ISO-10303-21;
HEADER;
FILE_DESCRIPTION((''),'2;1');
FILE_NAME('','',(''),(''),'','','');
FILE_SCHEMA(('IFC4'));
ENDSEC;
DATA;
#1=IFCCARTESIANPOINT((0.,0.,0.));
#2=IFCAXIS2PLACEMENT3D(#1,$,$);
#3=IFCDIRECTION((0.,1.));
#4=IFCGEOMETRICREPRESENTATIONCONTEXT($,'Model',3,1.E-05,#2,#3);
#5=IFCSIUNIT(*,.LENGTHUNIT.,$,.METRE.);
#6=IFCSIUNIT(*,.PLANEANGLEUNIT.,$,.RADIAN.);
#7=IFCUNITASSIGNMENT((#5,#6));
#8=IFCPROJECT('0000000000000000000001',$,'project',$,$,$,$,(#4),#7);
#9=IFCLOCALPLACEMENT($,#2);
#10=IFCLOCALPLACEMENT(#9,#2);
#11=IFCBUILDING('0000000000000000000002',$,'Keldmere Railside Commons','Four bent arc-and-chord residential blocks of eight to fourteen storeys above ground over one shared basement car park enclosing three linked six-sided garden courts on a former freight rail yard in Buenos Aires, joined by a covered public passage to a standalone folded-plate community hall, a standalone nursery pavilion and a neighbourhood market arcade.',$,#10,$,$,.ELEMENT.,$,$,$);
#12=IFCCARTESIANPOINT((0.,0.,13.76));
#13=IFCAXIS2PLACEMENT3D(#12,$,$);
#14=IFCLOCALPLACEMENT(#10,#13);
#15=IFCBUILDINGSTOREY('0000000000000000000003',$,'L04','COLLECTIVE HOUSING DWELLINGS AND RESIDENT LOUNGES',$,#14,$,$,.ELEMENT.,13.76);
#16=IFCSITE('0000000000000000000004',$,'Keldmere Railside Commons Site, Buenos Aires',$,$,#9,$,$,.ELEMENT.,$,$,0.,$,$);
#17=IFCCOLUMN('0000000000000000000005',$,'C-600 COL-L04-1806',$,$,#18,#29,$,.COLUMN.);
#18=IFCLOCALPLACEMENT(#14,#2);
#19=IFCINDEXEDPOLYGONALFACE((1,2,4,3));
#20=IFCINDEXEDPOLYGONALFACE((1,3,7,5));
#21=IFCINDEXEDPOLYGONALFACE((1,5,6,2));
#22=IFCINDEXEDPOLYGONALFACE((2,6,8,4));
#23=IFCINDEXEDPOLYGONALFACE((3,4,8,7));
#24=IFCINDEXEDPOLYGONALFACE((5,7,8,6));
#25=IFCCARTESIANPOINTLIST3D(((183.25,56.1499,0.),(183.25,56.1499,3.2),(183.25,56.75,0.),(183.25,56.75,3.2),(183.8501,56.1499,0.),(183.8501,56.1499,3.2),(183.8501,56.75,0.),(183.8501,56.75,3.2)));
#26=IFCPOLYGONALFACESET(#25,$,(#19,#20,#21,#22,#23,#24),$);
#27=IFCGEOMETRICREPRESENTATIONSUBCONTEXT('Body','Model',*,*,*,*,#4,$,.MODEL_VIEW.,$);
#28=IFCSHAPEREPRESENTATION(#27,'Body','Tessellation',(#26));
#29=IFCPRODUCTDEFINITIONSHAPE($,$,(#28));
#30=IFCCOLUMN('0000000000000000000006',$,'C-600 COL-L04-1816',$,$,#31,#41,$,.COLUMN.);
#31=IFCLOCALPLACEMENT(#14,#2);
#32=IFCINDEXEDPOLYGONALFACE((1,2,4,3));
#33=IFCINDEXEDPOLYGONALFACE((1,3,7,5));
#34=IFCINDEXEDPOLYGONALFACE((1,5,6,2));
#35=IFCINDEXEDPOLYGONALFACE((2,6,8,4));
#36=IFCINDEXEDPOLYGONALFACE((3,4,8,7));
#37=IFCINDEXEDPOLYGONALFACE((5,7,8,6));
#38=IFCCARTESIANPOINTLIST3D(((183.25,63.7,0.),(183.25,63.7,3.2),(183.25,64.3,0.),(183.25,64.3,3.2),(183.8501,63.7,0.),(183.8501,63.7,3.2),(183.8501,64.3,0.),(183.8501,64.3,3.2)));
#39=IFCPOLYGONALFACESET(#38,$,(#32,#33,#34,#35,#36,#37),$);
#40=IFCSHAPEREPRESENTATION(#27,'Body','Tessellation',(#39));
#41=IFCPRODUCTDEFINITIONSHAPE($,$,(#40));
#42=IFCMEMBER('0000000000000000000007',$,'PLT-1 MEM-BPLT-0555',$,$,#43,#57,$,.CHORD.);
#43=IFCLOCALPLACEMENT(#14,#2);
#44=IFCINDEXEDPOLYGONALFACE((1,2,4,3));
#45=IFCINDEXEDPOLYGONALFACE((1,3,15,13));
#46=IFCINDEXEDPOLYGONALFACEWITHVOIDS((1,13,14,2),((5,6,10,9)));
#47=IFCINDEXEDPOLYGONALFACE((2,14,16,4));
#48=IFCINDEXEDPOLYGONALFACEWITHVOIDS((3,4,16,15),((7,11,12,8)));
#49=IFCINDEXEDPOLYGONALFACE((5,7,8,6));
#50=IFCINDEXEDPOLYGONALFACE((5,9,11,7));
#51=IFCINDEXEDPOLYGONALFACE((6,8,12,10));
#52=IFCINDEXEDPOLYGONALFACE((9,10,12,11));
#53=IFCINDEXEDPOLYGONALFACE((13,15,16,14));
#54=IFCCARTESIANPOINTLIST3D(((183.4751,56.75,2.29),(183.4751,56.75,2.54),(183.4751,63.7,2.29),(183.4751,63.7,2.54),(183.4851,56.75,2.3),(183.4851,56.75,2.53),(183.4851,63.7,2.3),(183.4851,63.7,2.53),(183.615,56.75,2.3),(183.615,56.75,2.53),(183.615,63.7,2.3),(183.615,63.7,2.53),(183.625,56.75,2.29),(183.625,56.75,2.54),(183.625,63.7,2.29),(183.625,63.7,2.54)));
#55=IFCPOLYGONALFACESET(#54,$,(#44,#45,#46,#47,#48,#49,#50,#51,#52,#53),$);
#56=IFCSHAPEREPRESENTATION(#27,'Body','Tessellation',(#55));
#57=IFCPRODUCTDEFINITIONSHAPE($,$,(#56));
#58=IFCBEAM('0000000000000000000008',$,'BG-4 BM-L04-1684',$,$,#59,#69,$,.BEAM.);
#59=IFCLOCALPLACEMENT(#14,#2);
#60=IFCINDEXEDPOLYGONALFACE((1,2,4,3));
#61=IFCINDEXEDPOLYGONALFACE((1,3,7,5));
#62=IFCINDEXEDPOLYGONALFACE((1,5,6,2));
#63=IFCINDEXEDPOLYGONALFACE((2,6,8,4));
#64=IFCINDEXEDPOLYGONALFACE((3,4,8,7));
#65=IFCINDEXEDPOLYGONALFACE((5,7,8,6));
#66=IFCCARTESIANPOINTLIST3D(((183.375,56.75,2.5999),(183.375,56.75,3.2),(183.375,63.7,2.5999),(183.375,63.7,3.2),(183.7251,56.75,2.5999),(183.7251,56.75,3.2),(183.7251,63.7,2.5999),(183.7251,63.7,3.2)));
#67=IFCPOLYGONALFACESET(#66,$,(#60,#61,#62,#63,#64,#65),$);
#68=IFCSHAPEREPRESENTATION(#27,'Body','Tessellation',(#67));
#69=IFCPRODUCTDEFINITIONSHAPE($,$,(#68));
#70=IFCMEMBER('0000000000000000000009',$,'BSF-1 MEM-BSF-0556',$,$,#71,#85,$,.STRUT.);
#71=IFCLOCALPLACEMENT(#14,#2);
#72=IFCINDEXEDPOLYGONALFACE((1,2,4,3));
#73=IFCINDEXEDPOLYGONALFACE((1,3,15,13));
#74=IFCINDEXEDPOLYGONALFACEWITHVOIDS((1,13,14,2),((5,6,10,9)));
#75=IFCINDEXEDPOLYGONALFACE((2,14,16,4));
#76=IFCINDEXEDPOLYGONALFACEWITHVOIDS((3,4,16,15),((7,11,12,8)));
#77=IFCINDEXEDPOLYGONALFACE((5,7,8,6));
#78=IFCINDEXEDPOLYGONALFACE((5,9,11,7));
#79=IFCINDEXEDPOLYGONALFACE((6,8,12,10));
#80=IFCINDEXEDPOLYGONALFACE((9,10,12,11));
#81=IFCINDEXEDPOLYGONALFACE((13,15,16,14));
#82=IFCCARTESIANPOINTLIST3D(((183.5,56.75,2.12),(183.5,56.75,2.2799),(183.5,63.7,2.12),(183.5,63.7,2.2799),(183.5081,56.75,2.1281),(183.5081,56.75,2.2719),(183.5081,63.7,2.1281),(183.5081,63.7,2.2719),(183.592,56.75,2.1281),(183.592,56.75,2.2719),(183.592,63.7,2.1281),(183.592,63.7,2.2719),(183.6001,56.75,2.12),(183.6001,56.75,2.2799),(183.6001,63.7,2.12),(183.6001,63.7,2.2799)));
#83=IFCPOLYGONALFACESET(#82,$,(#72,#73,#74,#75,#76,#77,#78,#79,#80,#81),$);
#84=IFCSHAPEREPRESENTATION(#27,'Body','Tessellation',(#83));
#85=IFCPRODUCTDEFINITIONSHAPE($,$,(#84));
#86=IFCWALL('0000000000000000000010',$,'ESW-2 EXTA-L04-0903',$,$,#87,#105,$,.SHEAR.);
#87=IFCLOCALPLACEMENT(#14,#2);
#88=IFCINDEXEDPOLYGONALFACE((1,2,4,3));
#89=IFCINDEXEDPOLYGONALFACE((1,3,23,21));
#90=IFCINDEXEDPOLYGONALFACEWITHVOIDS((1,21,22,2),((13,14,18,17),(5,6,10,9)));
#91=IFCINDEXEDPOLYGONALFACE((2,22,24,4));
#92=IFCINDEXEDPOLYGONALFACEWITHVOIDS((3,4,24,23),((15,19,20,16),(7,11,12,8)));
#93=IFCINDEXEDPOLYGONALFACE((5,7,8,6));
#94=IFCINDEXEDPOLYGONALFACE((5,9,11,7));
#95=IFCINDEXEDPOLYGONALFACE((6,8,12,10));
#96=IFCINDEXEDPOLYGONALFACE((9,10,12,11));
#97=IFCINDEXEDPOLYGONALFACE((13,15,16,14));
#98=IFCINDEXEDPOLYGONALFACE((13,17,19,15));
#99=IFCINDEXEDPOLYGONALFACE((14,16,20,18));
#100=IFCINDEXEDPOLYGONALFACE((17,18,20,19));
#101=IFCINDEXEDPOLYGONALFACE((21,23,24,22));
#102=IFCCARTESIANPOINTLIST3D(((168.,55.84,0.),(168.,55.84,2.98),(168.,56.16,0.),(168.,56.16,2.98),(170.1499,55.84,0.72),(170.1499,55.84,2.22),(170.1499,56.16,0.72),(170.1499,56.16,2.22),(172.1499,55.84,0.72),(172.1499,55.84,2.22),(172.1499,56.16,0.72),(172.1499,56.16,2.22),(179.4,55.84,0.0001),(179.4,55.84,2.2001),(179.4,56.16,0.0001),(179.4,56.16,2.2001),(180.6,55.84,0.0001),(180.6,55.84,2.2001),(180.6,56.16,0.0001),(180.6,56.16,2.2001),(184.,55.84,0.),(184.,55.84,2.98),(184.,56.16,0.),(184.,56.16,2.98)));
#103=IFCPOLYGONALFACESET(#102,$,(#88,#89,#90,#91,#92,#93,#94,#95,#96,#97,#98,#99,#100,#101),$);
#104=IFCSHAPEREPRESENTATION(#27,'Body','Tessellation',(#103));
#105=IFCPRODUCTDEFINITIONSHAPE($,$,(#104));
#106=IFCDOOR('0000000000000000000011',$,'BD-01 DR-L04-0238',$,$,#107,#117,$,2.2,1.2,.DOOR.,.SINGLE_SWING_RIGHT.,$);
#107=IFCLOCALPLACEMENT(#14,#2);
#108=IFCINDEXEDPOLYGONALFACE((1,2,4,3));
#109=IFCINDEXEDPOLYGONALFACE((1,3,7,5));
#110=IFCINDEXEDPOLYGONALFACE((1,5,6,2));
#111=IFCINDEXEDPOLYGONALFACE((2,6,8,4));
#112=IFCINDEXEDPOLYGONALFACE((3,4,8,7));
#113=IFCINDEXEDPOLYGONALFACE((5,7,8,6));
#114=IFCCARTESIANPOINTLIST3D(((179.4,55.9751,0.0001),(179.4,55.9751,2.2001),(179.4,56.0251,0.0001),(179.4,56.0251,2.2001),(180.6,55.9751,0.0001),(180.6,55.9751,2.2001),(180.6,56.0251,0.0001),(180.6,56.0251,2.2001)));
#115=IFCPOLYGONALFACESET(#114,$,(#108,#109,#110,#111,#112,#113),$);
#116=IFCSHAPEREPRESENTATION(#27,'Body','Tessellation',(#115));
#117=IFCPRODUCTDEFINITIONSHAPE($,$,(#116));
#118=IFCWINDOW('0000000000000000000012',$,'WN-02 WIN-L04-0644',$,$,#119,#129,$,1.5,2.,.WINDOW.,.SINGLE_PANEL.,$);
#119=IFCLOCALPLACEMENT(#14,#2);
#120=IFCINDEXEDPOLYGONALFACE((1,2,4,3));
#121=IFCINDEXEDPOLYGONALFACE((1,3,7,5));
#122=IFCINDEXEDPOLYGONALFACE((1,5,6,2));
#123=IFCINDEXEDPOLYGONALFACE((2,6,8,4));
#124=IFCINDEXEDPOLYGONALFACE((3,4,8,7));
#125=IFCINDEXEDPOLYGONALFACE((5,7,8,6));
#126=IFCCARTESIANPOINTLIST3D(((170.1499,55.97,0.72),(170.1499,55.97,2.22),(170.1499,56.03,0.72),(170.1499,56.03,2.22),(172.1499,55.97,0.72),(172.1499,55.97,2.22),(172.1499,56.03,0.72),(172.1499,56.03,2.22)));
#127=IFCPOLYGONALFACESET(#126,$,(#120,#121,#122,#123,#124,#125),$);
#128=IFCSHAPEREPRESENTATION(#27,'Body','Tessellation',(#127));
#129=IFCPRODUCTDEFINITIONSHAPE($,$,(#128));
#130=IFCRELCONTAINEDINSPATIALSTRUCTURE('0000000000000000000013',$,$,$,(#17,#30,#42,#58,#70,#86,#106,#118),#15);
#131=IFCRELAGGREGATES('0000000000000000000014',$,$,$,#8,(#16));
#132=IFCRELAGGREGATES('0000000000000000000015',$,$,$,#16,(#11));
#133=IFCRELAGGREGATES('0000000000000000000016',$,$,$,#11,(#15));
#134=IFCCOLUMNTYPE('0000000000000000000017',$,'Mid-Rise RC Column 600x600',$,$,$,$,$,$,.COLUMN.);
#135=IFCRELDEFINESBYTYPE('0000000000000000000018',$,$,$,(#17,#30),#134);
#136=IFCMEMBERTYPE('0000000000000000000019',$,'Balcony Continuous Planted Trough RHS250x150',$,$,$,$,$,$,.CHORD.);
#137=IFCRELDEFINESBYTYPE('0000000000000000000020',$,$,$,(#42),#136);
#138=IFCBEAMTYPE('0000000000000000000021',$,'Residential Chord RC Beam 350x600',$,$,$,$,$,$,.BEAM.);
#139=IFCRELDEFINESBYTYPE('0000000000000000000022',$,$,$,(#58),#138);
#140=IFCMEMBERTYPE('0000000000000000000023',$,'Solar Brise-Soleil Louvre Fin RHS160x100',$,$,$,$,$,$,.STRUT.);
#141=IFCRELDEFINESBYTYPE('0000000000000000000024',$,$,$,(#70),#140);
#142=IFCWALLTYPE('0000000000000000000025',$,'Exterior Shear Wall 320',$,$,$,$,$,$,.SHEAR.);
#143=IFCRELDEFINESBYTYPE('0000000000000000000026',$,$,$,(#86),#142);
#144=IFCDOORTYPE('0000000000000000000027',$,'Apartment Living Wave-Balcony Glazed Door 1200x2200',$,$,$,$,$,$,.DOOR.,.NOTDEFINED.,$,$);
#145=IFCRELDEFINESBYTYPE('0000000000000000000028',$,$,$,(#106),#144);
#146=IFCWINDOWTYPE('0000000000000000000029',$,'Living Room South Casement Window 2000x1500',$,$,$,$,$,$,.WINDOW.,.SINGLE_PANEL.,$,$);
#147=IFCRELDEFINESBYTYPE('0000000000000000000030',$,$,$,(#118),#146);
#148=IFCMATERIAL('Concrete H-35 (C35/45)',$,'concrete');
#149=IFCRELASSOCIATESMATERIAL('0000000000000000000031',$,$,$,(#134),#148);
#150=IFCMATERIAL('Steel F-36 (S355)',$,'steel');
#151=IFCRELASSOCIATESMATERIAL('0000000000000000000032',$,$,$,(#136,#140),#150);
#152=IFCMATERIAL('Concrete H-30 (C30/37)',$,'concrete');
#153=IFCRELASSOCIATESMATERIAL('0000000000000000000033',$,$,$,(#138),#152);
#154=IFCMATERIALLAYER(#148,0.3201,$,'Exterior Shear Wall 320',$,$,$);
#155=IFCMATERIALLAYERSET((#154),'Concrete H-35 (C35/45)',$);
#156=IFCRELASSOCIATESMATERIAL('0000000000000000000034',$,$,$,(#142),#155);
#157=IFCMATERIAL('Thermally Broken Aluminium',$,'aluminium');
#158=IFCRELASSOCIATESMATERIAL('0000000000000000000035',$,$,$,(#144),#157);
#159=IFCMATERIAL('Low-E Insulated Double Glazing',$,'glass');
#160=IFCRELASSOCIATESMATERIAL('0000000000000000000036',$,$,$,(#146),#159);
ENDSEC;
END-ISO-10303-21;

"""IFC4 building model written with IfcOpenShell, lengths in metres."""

from ifc_helpers import new_model, si_unit, direction, frame, frame_2d, origin, origin_2d, place, context, subcontext, project, spatial, rectangle, hollow_rectangle, extrude, material, layer, layer_set, material_profile, profile_set, type_object, element, fill, save


model = new_model("IFC4")

# Units and contexts
model_context = context("Model", 3, precision=1e-05, world=origin(), true_north=direction((0.0, 1.0)))
body_context = subcontext(model_context, "Body", "Model", "MODEL_VIEW")
ifc_project = project(units=[si_unit("LENGTHUNIT", "METRE"), si_unit("PLANEANGLEUNIT", "RADIAN")], contexts=[model_context])

# Site, building, storey
site_placement = place(None, origin())
site = spatial("IfcSite", under=ifc_project, at=site_placement, Name="Keldmere Railside Commons Site, Buenos Aires", CompositionType="ELEMENT", RefElevation=0.0)
building_placement = place(site_placement, origin())
building = spatial("IfcBuilding", under=site, at=building_placement, Name="Keldmere Railside Commons", Description="Four bent arc-and-chord residential blocks of eight to fourteen storeys above ground over one shared basement car park enclosing three linked six-sided garden courts on a former freight rail yard in Buenos Aires, joined by a covered public passage to a standalone folded-plate community hall, a standalone nursery pavilion and a neighbourhood market arcade.", CompositionType="ELEMENT")
storey_placement = place(building_placement, frame((0.0, 0.0, 13.76)))
storey = spatial("IfcBuildingStorey", under=building, at=storey_placement, Name="L04", Description="COLLECTIVE HOUSING DWELLINGS AND RESIDENT LOUNGES", CompositionType="ELEMENT", Elevation=13.76)

# Columns
ifc_material_1 = material(Name="Concrete H-35 (C35/45)", Category="concrete")
ifc_material_profile_1 = material_profile(ifc_material_1, rectangle(XDim=0.6001, YDim=0.6001, at=origin_2d()), Name="RC-600x600")
ifc_profile_set_1 = profile_set([ifc_material_profile_1], Name="Concrete H-35 (C35/45)")
column_type = type_object("IfcColumnType", Name="Mid-Rise RC Column 600x600", PredefinedType="COLUMN", material=ifc_profile_set_1)
for number, where, z_axis, x_axis, name in (
    (1, (183.55, 56.45, 0.0), (0.0, 0.0, 1.0), (1.0, 0.0, 0.0), "C-600 COL-L04-1806"),
    (2, (183.55, 64.0, 0.0), (0.0, 0.0, 1.0), (1.0, 0.0, 0.0), "C-600 COL-L04-1816"),
):
    element("IfcColumn", number, at=place(storey_placement, frame(where, z_axis=z_axis, x_axis=x_axis)), inside=storey, type_object=column_type, Name=name, PredefinedType="COLUMN", context=body_context, shape_type="SweptSolid", body=[
        extrude(rectangle(XDim=0.6001, YDim=0.6001, at=origin_2d()), origin(), (0.0, 0.0, 1.0), 3.2),
    ])

# Member
ifc_material_2 = material(Name="Steel F-36 (S355)", Category="steel")
ifc_material_profile_2 = material_profile(ifc_material_2, hollow_rectangle(XDim=0.1499, YDim=0.25, WallThickness=0.01, at=origin_2d()), Name="RHS-250x150x10")
ifc_profile_set_2 = profile_set([ifc_material_profile_2], Name="Steel F-36 (S355)")
member_type_1 = type_object("IfcMemberType", Name="Balcony Continuous Planted Trough RHS250x150", PredefinedType="CHORD", material=ifc_profile_set_2)
member_1_placement = place(storey_placement, frame((183.55, 56.75, 2.415), z_axis=(0.0, 1.0, 0.0), x_axis=(-1.0, 0.0, 0.0)))
element("IfcMember", 3, at=member_1_placement, inside=storey, type_object=member_type_1, Name="PLT-1 MEM-BPLT-0555", PredefinedType="CHORD", context=body_context, shape_type="SweptSolid", body=[
    extrude(hollow_rectangle(XDim=0.1499, YDim=0.25, WallThickness=0.01, at=origin_2d()), origin(), (0.0, 0.0, 1.0), 6.95),
])

# Beam
ifc_material_3 = material(Name="Concrete H-30 (C30/37)", Category="concrete")
ifc_material_profile_3 = material_profile(ifc_material_3, rectangle(XDim=0.3501, YDim=0.6001, at=origin_2d()), Name="RC-350x600")
ifc_profile_set_3 = profile_set([ifc_material_profile_3], Name="Concrete H-30 (C30/37)")
beam_type = type_object("IfcBeamType", Name="Residential Chord RC Beam 350x600", PredefinedType="BEAM", material=ifc_profile_set_3)
beam_placement = place(storey_placement, frame((183.55, 56.75, 2.8999), z_axis=(0.0, 1.0, 0.0), x_axis=(-1.0, 0.0, 0.0)))
element("IfcBeam", 4, at=beam_placement, inside=storey, type_object=beam_type, Name="BG-4 BM-L04-1684", PredefinedType="BEAM", context=body_context, shape_type="SweptSolid", body=[
    extrude(rectangle(XDim=0.3501, YDim=0.6001, at=origin_2d()), origin(), (0.0, 0.0, 1.0), 6.95),
])

# Member
ifc_material_profile_4 = material_profile(ifc_material_2, hollow_rectangle(XDim=0.1001, YDim=0.1599, WallThickness=0.0081, at=origin_2d()), Name="RHS-160x100x8")
ifc_profile_set_4 = profile_set([ifc_material_profile_4], Name="Steel F-36 (S355)")
member_type_2 = type_object("IfcMemberType", Name="Solar Brise-Soleil Louvre Fin RHS160x100", PredefinedType="STRUT", material=ifc_profile_set_4)
member_2_placement = place(storey_placement, frame((183.55, 56.75, 2.2), z_axis=(0.0, 1.0, 0.0), x_axis=(-1.0, 0.0, 0.0)))
element("IfcMember", 5, at=member_2_placement, inside=storey, type_object=member_type_2, Name="BSF-1 MEM-BSF-0556", PredefinedType="STRUT", context=body_context, shape_type="SweptSolid", body=[
    extrude(hollow_rectangle(XDim=0.1001, YDim=0.1599, WallThickness=0.0081, at=origin_2d()), origin(), (0.0, 0.0, 1.0), 6.95),
])

# Wall, openings, door, window
ifc_layer = layer(ifc_material_1, 0.3201, Name="Exterior Shear Wall 320")
ifc_layer_set = layer_set([ifc_layer], Name="Concrete H-35 (C35/45)")
wall_type = type_object("IfcWallType", Name="Exterior Shear Wall 320", PredefinedType="SHEAR", material=ifc_layer_set)
wall_placement = place(storey_placement, frame((184.0, 56.0, 0.0), z_axis=(0.0, 0.0, 1.0), x_axis=(-1.0, 0.0, 0.0)))
wall = element("IfcWall", 6, at=wall_placement, inside=storey, type_object=wall_type, Name="ESW-2 EXTA-L04-0903", PredefinedType="SHEAR", context=body_context, shape_type="SweptSolid", body=[
    extrude(rectangle(XDim=16.0, YDim=0.3201, at=frame_2d((8.0, 0.0))), origin(), (0.0, 0.0, 1.0), 2.98),
])
opening_1_placement = place(wall_placement, frame((3.3999, 0.0, 0.0)))
opening_1 = element("IfcOpeningElement", 7, at=opening_1_placement, cuts=wall, PredefinedType="OPENING", context=body_context, shape_type="SweptSolid", body=[
    extrude(rectangle(XDim=1.2, YDim=2.2, at=frame_2d((0.6001, 1.1001))), frame((0.0, 0.1699, 0.0), z_axis=(0.0, -1.0, 0.0), x_axis=(1.0, 0.0, 0.0)), (0.0, 0.0, 1.0), 0.3401),
])
opening_2_placement = place(wall_placement, frame((11.8501, 0.0, 0.72)))
opening_2 = element("IfcOpeningElement", 8, at=opening_2_placement, cuts=wall, PredefinedType="OPENING", context=body_context, shape_type="SweptSolid", body=[
    extrude(rectangle(XDim=2.0, YDim=1.5, at=frame_2d((1.0, 0.75))), frame((0.0, 0.1699, 0.0), z_axis=(0.0, -1.0, 0.0), x_axis=(1.0, 0.0, 0.0)), (0.0, 0.0, 1.0), 0.3401),
])
ifc_material_4 = material(Name="Thermally Broken Aluminium", Category="aluminium")
door_type = type_object("IfcDoorType", Name="Apartment Living Wave-Balcony Glazed Door 1200x2200", OperationType="NOTDEFINED", PredefinedType="DOOR", material=ifc_material_4)
door_placement = place(opening_1_placement, origin())
door = element("IfcDoor", 9, at=door_placement, inside=storey, type_object=door_type, Name="BD-01 DR-L04-0238", OperationType="SINGLE_SWING_RIGHT", OverallHeight=2.2, OverallWidth=1.2, PredefinedType="DOOR", context=body_context, shape_type="SweptSolid", body=[
    extrude(rectangle(XDim=1.2, YDim=2.2, at=frame_2d((0.6001, 1.1001))), frame((0.0, 0.0249, 0.0), z_axis=(0.0, -1.0, 0.0), x_axis=(1.0, 0.0, 0.0)), (0.0, 0.0, 1.0), 0.05),
])
fill(opening_1, door)
ifc_material_5 = material(Name="Low-E Insulated Double Glazing", Category="glass")
window_type = type_object("IfcWindowType", Name="Living Room South Casement Window 2000x1500", PartitioningType="SINGLE_PANEL", PredefinedType="WINDOW", material=ifc_material_5)
window_placement = place(opening_2_placement, origin())
window = element("IfcWindow", 10, at=window_placement, inside=storey, type_object=window_type, Name="WN-02 WIN-L04-0644", OverallHeight=1.5, OverallWidth=2.0, PartitioningType="SINGLE_PANEL", PredefinedType="WINDOW", context=body_context, shape_type="SweptSolid", body=[
    extrude(rectangle(XDim=2.0, YDim=1.5, at=frame_2d((1.0, 0.75))), frame((0.0, 0.03, 0.0), z_axis=(0.0, -1.0, 0.0), x_axis=(1.0, 0.0, 0.0)), (0.0, 0.0, 1.0), 0.0601),
])
fill(opening_2, window)

save(model, "model.ifc")
